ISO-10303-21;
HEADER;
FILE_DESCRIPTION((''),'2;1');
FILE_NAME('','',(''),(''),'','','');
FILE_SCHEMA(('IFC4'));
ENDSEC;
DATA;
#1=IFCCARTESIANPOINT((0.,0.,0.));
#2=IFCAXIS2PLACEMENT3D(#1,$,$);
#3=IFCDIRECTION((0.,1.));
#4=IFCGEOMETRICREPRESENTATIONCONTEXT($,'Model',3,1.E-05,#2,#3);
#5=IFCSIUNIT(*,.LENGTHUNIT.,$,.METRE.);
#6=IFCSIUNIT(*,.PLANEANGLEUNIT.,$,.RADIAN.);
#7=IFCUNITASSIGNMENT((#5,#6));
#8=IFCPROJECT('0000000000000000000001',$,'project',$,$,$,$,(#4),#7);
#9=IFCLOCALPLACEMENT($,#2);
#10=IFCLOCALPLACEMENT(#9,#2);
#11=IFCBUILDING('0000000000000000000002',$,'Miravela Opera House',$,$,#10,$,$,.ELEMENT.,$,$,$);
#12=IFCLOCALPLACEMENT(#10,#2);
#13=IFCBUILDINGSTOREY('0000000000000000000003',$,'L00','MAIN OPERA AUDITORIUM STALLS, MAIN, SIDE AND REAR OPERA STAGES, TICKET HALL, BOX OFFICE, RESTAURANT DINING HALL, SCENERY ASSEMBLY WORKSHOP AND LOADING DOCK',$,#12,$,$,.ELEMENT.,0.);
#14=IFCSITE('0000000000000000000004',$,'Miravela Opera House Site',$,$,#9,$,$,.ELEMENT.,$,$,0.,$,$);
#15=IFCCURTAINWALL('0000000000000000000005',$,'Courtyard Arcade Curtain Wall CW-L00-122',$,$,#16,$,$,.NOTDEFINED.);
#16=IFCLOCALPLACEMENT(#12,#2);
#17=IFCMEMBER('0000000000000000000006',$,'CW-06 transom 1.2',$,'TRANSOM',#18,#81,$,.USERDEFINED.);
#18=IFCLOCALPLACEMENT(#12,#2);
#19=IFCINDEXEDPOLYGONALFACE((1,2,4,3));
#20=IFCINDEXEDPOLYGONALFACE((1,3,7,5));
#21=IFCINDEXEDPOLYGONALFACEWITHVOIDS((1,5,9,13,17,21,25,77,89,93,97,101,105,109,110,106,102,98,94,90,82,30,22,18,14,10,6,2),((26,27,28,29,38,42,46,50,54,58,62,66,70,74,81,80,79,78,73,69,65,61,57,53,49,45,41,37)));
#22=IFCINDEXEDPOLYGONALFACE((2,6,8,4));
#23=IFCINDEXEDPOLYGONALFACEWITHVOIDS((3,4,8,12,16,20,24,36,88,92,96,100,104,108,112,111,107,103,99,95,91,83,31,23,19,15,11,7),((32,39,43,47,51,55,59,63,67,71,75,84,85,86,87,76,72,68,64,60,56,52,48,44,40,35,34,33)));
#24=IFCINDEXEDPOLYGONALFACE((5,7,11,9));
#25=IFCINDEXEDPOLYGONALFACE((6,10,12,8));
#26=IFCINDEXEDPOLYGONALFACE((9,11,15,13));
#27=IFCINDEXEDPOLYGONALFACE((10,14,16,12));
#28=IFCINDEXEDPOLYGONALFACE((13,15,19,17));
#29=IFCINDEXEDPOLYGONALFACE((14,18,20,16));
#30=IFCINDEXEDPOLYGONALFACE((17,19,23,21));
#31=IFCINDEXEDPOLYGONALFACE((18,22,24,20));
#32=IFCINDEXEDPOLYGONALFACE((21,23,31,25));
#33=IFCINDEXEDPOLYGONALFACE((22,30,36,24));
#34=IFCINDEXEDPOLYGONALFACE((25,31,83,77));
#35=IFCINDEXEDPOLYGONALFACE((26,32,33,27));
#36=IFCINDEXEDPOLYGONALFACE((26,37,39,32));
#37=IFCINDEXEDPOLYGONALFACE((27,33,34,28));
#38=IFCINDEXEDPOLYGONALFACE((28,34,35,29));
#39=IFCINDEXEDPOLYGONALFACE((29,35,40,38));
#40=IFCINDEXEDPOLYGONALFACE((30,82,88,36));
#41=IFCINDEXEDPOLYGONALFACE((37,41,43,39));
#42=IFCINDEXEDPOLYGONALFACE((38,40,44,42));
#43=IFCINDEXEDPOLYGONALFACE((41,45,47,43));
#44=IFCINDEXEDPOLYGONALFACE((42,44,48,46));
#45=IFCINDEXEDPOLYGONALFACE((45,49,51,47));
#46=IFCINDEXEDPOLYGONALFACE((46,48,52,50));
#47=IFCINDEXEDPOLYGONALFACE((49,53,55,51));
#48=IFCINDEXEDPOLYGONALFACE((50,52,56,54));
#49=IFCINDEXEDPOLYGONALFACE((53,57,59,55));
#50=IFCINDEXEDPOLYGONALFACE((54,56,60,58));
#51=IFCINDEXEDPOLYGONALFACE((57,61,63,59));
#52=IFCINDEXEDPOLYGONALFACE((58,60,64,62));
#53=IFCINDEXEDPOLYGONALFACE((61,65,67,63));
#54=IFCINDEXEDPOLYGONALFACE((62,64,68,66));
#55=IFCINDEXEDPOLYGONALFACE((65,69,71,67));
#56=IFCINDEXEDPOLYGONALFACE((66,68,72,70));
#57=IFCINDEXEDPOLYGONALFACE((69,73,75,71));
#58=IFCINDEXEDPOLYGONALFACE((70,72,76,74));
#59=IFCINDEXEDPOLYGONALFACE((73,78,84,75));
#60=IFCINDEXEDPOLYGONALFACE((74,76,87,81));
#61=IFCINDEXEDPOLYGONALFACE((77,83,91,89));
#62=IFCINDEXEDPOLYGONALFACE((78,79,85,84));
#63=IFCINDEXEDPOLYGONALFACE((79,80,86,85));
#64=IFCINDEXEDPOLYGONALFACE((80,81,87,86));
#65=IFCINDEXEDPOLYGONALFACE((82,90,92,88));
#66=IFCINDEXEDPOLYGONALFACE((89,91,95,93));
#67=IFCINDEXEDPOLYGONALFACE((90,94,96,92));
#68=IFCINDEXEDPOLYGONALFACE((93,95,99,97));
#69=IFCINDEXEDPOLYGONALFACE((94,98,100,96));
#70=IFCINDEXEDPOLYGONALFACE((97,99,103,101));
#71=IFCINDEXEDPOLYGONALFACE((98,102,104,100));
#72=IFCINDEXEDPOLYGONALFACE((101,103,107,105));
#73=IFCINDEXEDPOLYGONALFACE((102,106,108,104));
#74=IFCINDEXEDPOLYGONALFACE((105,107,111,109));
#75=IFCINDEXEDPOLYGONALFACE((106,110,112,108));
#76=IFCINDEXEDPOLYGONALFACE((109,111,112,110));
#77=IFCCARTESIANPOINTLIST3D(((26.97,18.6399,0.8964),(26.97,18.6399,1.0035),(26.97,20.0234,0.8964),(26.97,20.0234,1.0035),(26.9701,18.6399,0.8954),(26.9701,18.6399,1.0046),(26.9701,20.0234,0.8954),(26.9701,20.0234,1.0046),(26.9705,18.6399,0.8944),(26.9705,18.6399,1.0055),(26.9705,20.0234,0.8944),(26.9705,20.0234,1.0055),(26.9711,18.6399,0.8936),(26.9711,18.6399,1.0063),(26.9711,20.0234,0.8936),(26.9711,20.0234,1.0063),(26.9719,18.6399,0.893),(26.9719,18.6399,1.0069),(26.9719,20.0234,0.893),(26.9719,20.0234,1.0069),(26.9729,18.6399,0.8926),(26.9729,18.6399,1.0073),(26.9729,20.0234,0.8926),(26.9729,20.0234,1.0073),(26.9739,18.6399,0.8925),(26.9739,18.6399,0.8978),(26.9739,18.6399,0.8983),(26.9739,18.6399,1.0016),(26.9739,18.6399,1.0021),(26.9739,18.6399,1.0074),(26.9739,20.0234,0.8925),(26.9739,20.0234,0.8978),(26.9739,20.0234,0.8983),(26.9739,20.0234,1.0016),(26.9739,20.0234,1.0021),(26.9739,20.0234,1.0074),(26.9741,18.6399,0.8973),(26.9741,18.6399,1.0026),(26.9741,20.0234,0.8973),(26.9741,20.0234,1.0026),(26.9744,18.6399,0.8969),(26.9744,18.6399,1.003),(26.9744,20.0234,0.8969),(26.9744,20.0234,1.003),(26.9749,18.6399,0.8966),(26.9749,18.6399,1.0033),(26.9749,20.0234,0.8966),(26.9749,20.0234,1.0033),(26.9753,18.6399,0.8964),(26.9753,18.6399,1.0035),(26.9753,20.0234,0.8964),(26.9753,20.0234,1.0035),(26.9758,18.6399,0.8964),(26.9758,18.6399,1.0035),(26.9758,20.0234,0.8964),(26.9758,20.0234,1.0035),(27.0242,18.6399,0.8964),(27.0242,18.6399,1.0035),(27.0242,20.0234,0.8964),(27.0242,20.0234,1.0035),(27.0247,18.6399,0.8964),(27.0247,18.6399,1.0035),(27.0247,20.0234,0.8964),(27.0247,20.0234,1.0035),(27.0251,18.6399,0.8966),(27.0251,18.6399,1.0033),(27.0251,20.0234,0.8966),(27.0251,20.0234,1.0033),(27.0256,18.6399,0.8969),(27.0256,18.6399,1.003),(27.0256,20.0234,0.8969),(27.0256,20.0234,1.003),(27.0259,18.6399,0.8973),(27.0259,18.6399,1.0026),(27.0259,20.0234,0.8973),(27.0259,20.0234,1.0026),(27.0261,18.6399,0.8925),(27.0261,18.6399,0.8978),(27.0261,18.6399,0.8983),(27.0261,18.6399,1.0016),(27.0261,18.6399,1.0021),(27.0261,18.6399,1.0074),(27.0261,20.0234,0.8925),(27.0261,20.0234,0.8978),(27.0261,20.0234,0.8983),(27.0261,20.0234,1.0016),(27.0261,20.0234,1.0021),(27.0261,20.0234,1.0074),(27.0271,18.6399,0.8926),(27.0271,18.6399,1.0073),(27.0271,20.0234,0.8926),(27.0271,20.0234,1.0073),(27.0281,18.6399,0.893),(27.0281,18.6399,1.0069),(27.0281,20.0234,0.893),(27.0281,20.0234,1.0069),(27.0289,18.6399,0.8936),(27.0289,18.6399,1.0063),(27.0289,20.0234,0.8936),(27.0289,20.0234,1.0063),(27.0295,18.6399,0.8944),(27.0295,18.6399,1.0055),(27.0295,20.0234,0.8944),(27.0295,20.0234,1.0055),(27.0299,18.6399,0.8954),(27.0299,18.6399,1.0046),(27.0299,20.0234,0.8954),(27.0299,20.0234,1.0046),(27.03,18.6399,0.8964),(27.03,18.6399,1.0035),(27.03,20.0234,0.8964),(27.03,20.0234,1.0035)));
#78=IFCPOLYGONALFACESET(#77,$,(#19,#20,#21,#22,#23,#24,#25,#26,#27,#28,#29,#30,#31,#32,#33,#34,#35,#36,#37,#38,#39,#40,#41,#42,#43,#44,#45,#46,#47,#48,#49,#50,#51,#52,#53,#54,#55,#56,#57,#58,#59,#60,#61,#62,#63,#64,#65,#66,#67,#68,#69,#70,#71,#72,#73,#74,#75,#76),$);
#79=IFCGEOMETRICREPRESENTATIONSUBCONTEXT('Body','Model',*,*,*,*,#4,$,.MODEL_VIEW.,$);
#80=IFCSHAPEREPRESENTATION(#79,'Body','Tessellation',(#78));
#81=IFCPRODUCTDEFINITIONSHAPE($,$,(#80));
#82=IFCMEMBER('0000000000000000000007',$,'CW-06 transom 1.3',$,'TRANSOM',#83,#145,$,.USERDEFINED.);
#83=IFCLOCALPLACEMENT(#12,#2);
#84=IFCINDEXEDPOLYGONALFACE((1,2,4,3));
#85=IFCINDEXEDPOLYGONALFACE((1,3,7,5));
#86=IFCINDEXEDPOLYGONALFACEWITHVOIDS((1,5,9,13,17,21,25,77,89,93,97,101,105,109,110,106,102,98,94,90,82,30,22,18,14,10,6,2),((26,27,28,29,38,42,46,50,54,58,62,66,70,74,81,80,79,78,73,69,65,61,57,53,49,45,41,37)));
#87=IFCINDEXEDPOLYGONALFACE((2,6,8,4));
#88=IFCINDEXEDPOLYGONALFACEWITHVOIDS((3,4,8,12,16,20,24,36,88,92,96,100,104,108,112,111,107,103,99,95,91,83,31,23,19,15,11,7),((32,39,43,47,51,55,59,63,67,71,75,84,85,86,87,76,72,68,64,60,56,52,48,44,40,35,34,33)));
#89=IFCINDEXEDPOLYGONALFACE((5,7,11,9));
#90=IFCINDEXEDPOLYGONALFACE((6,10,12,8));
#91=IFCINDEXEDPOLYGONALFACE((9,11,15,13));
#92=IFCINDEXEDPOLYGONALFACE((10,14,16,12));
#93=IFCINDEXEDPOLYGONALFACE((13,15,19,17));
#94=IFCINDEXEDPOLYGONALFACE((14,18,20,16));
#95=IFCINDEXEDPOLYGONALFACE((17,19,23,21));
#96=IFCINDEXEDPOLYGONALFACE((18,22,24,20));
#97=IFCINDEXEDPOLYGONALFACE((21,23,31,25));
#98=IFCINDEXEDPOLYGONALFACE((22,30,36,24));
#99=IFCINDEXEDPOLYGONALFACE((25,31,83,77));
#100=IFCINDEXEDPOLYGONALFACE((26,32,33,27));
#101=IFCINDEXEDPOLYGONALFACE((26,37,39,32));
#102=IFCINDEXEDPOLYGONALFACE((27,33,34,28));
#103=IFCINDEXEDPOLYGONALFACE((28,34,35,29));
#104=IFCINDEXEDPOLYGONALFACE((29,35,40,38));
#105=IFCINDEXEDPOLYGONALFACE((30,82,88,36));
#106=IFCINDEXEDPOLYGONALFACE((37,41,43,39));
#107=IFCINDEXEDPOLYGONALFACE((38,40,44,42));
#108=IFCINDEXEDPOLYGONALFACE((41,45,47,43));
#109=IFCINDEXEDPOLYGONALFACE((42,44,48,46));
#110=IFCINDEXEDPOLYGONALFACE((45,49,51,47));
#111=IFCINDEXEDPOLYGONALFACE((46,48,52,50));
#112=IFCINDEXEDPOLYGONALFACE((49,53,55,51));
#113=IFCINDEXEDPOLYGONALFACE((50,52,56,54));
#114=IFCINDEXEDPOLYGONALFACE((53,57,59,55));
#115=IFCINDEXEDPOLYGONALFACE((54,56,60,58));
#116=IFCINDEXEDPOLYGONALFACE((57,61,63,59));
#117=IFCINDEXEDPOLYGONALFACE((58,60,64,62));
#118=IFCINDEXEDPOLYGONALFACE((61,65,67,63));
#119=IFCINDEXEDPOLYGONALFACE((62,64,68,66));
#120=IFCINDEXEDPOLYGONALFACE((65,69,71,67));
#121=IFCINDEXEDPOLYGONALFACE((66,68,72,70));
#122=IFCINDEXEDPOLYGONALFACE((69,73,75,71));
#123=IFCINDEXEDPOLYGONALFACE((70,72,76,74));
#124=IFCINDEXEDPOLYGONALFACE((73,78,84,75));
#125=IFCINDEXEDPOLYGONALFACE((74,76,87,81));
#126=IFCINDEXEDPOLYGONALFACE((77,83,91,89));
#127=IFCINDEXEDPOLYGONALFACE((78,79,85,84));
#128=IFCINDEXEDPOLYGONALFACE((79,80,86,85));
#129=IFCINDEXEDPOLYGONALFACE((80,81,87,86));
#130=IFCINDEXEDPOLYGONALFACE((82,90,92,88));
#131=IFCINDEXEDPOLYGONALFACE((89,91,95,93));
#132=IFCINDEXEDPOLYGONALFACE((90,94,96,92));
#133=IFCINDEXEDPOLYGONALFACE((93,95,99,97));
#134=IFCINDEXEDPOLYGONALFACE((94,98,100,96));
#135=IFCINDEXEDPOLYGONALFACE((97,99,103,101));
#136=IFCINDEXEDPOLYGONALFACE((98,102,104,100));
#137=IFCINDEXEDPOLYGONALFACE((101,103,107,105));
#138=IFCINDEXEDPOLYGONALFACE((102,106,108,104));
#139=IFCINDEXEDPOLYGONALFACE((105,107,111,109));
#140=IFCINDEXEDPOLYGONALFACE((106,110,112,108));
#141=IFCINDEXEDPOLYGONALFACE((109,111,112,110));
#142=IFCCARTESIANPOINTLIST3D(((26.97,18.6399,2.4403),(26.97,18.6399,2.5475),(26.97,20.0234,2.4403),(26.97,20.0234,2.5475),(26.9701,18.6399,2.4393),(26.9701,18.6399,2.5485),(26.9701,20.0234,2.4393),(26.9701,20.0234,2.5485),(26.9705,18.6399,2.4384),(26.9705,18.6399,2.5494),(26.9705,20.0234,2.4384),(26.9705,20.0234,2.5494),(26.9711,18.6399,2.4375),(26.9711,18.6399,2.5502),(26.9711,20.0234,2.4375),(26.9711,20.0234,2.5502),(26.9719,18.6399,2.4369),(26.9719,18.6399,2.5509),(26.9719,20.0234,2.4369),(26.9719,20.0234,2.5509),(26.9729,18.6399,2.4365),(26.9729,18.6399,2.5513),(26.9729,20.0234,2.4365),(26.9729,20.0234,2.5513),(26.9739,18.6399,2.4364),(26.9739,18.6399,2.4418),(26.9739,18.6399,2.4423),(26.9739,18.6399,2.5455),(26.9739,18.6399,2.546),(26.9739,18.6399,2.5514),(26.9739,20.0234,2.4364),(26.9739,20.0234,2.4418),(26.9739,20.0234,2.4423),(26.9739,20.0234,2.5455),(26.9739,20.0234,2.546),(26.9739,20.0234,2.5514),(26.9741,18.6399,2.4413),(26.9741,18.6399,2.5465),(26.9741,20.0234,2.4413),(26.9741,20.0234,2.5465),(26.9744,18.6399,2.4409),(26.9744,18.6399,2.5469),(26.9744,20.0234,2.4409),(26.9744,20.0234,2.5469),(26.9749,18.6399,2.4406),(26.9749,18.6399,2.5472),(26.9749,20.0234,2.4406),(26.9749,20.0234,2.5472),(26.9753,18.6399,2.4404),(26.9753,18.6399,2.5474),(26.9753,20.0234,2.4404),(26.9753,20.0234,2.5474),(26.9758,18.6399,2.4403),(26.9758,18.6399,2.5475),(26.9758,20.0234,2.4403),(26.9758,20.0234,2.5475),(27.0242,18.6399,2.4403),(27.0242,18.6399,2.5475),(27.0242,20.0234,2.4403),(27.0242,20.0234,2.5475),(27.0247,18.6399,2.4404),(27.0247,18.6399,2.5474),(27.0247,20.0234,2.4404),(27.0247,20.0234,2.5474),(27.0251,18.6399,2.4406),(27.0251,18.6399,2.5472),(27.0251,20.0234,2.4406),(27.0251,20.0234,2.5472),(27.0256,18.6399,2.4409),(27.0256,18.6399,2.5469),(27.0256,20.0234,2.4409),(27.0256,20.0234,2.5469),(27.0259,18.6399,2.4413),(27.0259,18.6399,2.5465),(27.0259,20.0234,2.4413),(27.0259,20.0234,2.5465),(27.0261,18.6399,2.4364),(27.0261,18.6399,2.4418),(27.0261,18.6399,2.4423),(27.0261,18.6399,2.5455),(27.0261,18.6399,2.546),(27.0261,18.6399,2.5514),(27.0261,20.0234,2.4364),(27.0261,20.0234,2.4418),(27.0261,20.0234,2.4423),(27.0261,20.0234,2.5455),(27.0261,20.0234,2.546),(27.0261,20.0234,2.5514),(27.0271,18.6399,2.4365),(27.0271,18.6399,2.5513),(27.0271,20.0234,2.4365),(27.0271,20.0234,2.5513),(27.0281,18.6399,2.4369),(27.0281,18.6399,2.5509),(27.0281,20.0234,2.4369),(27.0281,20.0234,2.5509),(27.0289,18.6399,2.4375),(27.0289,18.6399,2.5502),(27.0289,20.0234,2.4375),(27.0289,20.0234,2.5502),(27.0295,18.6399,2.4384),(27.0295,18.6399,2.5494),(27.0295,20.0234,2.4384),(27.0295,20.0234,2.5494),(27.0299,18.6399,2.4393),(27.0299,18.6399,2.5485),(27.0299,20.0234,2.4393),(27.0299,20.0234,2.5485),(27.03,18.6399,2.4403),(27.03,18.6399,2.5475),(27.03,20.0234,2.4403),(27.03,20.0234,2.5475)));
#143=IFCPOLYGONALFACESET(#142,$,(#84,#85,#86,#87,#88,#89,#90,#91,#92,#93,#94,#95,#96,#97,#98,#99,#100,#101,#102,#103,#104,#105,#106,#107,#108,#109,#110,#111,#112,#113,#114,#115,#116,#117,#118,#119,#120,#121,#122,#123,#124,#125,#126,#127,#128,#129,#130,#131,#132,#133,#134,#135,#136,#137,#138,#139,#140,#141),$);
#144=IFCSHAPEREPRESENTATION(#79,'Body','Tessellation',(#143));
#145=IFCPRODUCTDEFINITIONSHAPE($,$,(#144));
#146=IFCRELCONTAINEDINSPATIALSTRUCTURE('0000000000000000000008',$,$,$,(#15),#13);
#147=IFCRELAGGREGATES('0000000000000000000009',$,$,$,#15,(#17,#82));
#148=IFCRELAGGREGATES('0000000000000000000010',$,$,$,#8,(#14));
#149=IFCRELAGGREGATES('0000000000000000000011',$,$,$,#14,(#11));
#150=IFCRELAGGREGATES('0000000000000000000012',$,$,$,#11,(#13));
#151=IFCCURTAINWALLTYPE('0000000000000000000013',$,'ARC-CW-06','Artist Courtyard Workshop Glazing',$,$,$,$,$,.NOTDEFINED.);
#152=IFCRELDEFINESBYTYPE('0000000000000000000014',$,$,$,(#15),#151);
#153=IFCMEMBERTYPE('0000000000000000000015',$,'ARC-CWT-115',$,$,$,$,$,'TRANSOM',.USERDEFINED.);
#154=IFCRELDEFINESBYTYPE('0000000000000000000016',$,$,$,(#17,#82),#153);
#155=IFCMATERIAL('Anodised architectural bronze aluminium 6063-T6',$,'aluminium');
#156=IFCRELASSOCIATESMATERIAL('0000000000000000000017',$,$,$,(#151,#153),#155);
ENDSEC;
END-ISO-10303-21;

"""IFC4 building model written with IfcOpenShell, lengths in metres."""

from ifc_helpers import new_model, si_unit, direction, frame, origin, origin_2d, place, context, subcontext, project, spatial, hollow_rectangle, extrude, material, material_profile, profile_set, type_object, element, aggregate, save


model = new_model("IFC4")

# Units and contexts
model_context = context("Model", 3, precision=1e-05, world=origin(), true_north=direction((0.0, 1.0)))
body_context = subcontext(model_context, "Body", "Model", "MODEL_VIEW")
ifc_project = project(units=[si_unit("LENGTHUNIT", "METRE"), si_unit("PLANEANGLEUNIT", "RADIAN")], contexts=[model_context])

# Site, building, storey
site_placement = place(None, origin())
site = spatial("IfcSite", under=ifc_project, at=site_placement, Name="Miravela Opera House Site", CompositionType="ELEMENT", RefElevation=0.0)
building_placement = place(site_placement, origin())
building = spatial("IfcBuilding", under=site, at=building_placement, Name="Miravela Opera House", CompositionType="ELEMENT")
storey_placement = place(building_placement, origin())
storey = spatial("IfcBuildingStorey", under=building, at=storey_placement, Name="L00", Description="MAIN OPERA AUDITORIUM STALLS, MAIN, SIDE AND REAR OPERA STAGES, TICKET HALL, BOX OFFICE, RESTAURANT DINING HALL, SCENERY ASSEMBLY WORKSHOP AND LOADING DOCK", CompositionType="ELEMENT", Elevation=0.0)

# Shared definitions
ifc_material_1 = material(Name="Anodised architectural bronze aluminium 6063-T6", Category="aluminium")
curtain_wall_type = type_object("IfcCurtainWallType", Name="ARC-CW-06", Description="Artist Courtyard Workshop Glazing", PredefinedType="NOTDEFINED", material=ifc_material_1)

# Curtain wall
curtain_wall_1_placement = place(storey_placement, origin())
curtain_wall_1 = element("IfcCurtainWall", 1, at=curtain_wall_1_placement, inside=storey, type_object=curtain_wall_type, Name="Courtyard Arcade Curtain Wall CW-L00-122", PredefinedType="NOTDEFINED")

# Members
ifc_material_profile_1 = material_profile(ifc_material_1, hollow_rectangle(XDim=0.0601, YDim=0.115, WallThickness=0.0039, InnerFilletRadius=0.002, OuterFilletRadius=0.0039, at=origin_2d()), Name="CWT-60X115")
ifc_profile_set_1 = profile_set([ifc_material_profile_1])
member_type_1 = type_object("IfcMemberType", Name="ARC-CWT-115", ElementType="TRANSOM", PredefinedType="USERDEFINED", material=ifc_profile_set_1)
member_1_placement = place(storey_placement, frame((27.0, 18.6399, 0.95), z_axis=(0.0, 1.0, 0.0), x_axis=(-1.0, 0.0, 0.0)))
member_1 = element("IfcMember", 2, at=member_1_placement, type_object=member_type_1, Name="CW-06 transom 1.2", ObjectType="TRANSOM", PredefinedType="USERDEFINED", context=body_context, shape_type="SweptSolid", body=[
    extrude(hollow_rectangle(XDim=0.0601, YDim=0.115, WallThickness=0.0039, InnerFilletRadius=0.002, OuterFilletRadius=0.0039, at=origin_2d()), origin(), (0.0, 0.0, 1.0), 1.3835),
])
member_2_placement = place(storey_placement, frame((27.0, 18.6399, 2.4939), z_axis=(0.0, 1.0, 0.0), x_axis=(-1.0, 0.0, 0.0)))
member_2 = element("IfcMember", 3, at=member_2_placement, type_object=member_type_1, Name="CW-06 transom 1.3", ObjectType="TRANSOM", PredefinedType="USERDEFINED", context=body_context, shape_type="SweptSolid", body=[
    extrude(hollow_rectangle(XDim=0.0601, YDim=0.115, WallThickness=0.0039, InnerFilletRadius=0.002, OuterFilletRadius=0.0039, at=origin_2d()), origin(), (0.0, 0.0, 1.0), 1.3835),
])

aggregate(curtain_wall_1, [member_1, member_2])

save(model, "model.ifc")
